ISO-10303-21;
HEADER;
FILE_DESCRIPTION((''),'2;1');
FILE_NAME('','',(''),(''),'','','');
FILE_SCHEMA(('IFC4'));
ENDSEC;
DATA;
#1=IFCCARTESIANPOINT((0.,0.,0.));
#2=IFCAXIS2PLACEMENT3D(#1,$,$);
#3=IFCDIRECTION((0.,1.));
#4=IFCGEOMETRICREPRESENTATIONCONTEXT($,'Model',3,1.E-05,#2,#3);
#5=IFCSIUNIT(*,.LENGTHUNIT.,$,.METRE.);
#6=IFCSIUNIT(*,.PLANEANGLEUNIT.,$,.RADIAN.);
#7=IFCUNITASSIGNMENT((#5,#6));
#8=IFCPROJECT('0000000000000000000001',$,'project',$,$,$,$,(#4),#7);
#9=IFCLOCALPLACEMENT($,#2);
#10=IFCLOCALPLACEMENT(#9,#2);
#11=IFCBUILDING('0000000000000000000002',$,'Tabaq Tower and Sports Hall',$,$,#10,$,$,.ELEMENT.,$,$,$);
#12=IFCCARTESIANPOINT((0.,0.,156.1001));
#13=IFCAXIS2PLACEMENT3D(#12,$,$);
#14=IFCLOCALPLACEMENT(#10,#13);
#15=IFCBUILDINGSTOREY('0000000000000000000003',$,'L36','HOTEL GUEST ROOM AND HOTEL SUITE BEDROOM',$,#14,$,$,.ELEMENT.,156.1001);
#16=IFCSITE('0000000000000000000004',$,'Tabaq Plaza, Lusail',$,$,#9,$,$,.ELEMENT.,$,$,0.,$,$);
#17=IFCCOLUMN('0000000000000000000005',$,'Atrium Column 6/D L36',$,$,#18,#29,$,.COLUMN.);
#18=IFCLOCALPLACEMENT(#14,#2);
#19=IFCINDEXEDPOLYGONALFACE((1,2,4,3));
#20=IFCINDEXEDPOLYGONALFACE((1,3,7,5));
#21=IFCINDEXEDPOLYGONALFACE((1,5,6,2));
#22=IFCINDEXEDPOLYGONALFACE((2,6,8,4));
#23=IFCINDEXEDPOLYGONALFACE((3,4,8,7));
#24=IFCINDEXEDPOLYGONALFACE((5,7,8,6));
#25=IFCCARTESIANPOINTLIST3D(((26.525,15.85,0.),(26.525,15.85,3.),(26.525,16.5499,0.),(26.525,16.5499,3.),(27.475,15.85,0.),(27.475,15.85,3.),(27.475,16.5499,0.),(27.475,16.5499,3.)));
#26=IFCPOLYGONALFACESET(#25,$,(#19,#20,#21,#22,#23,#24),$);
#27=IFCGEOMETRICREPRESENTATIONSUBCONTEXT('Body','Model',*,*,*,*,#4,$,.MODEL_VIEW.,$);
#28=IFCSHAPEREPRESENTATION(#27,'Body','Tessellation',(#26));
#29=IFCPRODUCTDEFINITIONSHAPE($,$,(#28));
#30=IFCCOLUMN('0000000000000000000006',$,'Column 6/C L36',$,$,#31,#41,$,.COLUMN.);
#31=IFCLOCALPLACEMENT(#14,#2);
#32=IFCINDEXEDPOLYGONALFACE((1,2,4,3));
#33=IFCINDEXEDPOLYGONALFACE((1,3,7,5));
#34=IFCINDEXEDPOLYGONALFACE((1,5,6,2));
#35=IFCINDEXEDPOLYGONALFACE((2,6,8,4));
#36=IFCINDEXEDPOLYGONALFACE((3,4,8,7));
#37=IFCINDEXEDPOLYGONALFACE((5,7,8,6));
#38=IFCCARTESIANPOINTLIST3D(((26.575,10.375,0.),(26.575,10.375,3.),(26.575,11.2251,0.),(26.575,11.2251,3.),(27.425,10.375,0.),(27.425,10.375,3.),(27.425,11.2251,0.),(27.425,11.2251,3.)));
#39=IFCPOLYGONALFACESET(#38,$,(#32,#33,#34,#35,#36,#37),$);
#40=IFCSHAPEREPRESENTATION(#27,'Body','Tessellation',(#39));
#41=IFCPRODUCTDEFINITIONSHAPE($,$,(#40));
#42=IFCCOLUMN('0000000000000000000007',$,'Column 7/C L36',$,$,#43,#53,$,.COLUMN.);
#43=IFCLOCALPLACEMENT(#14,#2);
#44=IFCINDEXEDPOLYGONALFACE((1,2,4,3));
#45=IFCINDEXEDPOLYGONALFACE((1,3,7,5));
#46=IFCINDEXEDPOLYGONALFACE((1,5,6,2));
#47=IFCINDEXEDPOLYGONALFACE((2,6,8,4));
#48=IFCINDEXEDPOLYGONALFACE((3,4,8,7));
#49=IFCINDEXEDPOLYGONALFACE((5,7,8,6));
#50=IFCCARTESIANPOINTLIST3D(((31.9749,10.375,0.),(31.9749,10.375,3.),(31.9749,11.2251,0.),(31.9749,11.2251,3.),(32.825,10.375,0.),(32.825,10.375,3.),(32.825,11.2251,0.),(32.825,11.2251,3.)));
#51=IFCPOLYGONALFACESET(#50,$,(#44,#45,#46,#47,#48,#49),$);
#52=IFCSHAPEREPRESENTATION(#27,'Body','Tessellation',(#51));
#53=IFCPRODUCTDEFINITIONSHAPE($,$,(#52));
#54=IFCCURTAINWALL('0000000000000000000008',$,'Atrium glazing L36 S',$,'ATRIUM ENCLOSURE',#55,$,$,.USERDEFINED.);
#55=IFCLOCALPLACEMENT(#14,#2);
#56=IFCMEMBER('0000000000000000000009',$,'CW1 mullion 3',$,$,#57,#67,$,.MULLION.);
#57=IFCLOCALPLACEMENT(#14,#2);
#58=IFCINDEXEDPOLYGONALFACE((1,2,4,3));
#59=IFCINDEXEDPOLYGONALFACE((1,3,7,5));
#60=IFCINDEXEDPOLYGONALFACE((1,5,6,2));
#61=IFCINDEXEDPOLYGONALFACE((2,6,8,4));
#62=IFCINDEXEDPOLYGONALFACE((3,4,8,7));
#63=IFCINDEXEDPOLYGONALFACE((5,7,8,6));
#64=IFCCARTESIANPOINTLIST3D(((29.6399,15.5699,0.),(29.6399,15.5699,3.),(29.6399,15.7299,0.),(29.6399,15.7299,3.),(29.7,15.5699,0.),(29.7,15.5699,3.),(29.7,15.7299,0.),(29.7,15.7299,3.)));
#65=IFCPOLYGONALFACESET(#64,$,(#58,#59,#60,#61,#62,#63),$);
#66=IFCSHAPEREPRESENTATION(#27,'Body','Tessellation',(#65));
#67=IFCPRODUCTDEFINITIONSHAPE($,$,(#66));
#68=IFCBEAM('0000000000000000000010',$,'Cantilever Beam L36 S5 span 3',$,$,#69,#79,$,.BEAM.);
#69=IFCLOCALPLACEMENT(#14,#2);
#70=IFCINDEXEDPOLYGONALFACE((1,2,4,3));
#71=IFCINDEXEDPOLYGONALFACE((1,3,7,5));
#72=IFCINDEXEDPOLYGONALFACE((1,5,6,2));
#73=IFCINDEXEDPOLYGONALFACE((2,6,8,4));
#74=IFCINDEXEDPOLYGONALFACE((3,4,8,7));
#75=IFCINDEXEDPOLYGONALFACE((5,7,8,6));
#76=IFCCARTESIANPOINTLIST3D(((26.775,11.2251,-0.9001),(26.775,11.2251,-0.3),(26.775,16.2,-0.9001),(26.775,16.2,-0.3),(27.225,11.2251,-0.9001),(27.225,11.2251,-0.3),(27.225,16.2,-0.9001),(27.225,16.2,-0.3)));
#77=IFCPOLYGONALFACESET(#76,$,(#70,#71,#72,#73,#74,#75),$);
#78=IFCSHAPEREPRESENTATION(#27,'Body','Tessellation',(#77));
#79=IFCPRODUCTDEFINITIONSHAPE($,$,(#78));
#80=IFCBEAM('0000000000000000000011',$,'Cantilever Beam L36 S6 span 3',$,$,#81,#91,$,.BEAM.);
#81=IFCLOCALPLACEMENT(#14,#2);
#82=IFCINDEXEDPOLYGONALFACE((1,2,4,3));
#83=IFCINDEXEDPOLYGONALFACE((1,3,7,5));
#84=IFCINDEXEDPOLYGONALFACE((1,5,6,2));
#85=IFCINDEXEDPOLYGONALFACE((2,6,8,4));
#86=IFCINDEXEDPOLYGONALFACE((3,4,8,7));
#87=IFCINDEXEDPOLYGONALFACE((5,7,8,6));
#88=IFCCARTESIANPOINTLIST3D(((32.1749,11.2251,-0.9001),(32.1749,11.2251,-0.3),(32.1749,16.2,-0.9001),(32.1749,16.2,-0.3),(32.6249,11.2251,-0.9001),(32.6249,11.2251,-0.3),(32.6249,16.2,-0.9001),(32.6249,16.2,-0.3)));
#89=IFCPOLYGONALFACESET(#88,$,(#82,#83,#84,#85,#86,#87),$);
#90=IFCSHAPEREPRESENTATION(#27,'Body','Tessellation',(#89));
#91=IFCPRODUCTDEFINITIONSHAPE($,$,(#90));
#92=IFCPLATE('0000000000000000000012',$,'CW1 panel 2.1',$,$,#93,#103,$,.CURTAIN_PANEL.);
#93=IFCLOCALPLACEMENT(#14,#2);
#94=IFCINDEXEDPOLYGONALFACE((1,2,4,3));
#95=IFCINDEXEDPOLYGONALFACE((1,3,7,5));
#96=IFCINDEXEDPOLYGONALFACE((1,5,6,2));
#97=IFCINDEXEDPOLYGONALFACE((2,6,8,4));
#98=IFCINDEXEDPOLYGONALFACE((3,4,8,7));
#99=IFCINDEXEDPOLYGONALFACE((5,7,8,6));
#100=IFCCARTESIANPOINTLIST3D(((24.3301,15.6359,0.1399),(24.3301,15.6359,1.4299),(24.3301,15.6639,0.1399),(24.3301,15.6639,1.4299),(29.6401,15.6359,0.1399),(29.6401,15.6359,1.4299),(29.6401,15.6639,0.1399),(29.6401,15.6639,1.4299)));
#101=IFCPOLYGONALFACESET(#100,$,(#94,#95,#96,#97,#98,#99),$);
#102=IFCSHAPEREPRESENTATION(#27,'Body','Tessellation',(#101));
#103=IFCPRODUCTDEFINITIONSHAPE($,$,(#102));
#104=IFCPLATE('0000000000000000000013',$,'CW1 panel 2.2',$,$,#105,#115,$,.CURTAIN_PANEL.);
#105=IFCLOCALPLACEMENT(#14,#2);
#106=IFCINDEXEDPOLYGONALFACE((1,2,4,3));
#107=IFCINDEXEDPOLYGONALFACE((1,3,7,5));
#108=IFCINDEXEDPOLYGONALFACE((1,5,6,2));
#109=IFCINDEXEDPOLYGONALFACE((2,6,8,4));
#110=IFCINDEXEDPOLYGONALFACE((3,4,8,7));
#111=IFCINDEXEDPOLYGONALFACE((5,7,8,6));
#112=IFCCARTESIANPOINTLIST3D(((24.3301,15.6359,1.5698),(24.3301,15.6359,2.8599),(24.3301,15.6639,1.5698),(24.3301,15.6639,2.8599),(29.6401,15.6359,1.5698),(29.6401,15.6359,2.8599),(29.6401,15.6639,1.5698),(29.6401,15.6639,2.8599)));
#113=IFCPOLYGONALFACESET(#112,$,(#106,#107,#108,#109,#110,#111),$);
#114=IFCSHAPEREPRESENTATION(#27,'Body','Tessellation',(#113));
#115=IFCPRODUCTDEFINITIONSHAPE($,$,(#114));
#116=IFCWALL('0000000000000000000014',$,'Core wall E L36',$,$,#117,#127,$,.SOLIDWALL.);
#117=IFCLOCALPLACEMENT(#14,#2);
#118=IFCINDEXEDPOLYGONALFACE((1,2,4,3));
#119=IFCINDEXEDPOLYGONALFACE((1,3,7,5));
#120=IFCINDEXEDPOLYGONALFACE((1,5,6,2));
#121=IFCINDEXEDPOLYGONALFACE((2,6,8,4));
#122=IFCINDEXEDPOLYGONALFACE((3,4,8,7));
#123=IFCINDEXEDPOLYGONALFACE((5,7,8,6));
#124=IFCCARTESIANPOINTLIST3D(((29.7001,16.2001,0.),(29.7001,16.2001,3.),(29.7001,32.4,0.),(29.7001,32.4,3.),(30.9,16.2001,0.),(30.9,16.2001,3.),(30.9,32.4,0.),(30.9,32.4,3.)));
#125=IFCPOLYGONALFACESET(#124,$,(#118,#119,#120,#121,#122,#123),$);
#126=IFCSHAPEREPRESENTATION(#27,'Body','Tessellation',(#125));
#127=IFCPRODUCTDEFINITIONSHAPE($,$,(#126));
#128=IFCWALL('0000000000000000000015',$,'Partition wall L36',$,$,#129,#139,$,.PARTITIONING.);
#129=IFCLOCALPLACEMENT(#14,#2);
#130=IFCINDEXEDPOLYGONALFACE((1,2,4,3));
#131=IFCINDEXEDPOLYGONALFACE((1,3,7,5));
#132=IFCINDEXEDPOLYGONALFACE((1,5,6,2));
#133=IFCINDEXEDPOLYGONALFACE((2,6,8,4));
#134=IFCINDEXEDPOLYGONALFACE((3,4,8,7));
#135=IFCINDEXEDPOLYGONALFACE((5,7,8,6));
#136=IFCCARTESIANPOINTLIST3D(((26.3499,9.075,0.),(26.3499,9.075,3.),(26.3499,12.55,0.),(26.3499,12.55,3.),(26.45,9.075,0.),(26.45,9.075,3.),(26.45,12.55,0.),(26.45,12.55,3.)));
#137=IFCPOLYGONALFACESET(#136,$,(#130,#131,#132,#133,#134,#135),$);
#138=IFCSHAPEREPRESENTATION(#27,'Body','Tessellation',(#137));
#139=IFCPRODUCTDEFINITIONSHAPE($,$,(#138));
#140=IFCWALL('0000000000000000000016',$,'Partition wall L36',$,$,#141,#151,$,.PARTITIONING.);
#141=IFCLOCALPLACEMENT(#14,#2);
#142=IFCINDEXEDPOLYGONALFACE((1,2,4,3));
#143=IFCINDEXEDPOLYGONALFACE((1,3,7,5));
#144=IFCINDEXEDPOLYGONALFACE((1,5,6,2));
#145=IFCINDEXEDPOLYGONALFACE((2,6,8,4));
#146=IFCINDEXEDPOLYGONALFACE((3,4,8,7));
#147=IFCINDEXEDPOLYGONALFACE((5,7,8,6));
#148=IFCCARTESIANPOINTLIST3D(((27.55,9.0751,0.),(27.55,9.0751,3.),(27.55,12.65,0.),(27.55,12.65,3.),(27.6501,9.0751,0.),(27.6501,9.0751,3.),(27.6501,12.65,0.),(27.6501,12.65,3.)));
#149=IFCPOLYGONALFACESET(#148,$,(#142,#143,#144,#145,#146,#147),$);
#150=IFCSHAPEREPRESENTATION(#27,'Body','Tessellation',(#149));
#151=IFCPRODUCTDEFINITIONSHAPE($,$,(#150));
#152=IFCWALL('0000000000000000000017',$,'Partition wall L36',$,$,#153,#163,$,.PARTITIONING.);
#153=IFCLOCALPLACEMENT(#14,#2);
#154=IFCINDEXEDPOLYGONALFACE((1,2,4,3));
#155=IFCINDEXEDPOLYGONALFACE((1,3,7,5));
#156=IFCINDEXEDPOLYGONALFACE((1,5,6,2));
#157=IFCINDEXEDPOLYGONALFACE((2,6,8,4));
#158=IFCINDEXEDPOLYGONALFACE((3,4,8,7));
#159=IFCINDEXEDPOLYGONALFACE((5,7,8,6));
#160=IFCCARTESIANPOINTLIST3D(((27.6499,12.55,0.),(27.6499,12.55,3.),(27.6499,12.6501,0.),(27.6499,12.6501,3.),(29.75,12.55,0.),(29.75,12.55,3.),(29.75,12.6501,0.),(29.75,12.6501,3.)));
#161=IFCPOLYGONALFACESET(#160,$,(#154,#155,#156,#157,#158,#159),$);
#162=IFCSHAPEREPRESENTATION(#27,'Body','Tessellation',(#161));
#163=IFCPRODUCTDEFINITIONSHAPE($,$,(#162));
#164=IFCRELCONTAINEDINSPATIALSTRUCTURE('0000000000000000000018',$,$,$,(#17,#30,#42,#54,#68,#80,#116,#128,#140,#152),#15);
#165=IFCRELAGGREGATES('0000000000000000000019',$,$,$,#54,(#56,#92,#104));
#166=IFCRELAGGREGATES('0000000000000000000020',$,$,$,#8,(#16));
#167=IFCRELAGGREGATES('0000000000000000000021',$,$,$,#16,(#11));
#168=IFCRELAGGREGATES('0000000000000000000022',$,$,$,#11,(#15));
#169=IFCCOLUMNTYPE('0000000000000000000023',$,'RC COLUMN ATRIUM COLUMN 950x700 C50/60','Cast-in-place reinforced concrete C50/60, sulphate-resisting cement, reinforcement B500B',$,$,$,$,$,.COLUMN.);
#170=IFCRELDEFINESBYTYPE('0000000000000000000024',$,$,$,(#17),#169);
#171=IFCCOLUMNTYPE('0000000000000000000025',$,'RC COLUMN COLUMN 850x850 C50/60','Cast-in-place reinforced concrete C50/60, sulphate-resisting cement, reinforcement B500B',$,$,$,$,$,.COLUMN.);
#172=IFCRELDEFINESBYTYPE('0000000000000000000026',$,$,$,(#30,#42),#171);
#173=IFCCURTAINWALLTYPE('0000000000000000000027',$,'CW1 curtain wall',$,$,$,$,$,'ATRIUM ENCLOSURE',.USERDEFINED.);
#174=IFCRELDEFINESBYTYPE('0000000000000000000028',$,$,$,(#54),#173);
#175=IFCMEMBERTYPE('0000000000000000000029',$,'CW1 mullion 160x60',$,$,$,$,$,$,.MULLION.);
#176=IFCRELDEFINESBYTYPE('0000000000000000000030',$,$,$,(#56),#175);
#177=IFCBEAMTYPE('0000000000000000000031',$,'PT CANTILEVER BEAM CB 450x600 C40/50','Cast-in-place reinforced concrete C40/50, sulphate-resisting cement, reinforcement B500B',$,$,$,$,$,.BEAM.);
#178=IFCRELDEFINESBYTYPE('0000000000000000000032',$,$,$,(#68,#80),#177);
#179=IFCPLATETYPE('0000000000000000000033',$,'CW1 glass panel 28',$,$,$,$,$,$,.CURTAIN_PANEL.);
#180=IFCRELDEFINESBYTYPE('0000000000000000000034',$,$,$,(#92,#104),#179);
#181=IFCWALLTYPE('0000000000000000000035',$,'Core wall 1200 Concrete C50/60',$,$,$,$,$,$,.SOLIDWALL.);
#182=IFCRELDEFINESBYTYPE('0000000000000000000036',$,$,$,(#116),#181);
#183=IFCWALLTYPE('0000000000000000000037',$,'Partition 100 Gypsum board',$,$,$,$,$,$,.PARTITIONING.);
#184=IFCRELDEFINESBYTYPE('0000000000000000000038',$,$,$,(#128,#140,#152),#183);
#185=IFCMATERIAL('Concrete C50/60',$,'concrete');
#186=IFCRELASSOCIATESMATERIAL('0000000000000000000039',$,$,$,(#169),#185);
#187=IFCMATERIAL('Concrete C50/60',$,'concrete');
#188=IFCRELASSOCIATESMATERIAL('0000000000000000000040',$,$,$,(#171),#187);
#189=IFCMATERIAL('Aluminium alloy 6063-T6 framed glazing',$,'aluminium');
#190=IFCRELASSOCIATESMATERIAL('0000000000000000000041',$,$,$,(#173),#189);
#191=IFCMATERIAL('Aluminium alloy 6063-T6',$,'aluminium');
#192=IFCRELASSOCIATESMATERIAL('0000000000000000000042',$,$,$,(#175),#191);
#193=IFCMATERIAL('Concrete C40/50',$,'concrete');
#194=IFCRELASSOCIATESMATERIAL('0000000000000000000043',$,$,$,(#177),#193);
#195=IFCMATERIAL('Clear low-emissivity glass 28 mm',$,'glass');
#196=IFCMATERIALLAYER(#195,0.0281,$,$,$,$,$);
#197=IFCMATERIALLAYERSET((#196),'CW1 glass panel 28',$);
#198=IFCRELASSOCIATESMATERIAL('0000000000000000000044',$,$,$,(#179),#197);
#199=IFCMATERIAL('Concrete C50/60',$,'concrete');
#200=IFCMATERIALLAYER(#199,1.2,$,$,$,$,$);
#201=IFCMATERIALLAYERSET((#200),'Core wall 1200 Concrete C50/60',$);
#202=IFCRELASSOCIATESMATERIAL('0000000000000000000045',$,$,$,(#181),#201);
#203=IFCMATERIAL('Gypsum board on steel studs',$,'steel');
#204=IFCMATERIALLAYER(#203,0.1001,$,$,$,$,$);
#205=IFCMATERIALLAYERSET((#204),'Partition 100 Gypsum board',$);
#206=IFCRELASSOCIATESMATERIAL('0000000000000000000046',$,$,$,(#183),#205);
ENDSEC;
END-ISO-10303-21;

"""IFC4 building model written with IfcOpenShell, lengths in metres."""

from ifc_helpers import new_model, si_unit, direction, frame, frame_2d, origin, origin_2d, place, context, subcontext, project, spatial, rectangle, extrude, material, layer, layer_set, material_profile, profile_set, type_object, element, aggregate, save


model = new_model("IFC4")

# Units and contexts
model_context = context("Model", 3, precision=1e-05, world=origin(), true_north=direction((0.0, 1.0)))
body_context = subcontext(model_context, "Body", "Model", "MODEL_VIEW")
ifc_project = project(units=[si_unit("LENGTHUNIT", "METRE"), si_unit("PLANEANGLEUNIT", "RADIAN")], contexts=[model_context])

# Site, building, storey
site_placement = place(None, origin())
site = spatial("IfcSite", under=ifc_project, at=site_placement, Name="Tabaq Plaza, Lusail", CompositionType="ELEMENT", RefElevation=0.0)
building_placement = place(site_placement, origin())
building = spatial("IfcBuilding", under=site, at=building_placement, Name="Tabaq Tower and Sports Hall", CompositionType="ELEMENT")
storey_placement = place(building_placement, frame((0.0, 0.0, 156.1001)))
storey = spatial("IfcBuildingStorey", under=building, at=storey_placement, Name="L36", Description="HOTEL GUEST ROOM AND HOTEL SUITE BEDROOM", CompositionType="ELEMENT", Elevation=156.1001)

# Columns
ifc_material_1 = material(Name="Concrete C50/60", Category="concrete")
ifc_material_profile_1 = material_profile(ifc_material_1, rectangle(XDim=0.95, YDim=0.7, at=origin_2d()), Name="ATRIUM COLUMN 950x700")
ifc_profile_set_1 = profile_set([ifc_material_profile_1], Name="Concrete C50/60")
column_type_1 = type_object("IfcColumnType", Name="RC COLUMN ATRIUM COLUMN 950x700 C50/60", Description="Cast-in-place reinforced concrete C50/60, sulphate-resisting cement, reinforcement B500B", PredefinedType="COLUMN", material=ifc_profile_set_1)
column_placement = place(storey_placement, frame((27.0, 16.2, 0.0), z_axis=(0.0, 0.0, 1.0), x_axis=(1.0, 0.0, 0.0)))
element("IfcColumn", 1, at=column_placement, inside=storey, type_object=column_type_1, Name="Atrium Column 6/D L36", PredefinedType="COLUMN", context=body_context, shape_type="SweptSolid", body=[
    extrude(rectangle(XDim=0.95, YDim=0.7, at=origin_2d()), origin(), (0.0, 0.0, 1.0), 3.0),
])
ifc_material_2 = material(Name="Concrete C50/60", Category="concrete")
ifc_material_profile_2 = material_profile(ifc_material_2, rectangle(XDim=0.8501, YDim=0.8501, at=origin_2d()), Name="COLUMN 850x850")
ifc_profile_set_2 = profile_set([ifc_material_profile_2], Name="Concrete C50/60")
column_type_2 = type_object("IfcColumnType", Name="RC COLUMN COLUMN 850x850 C50/60", Description="Cast-in-place reinforced concrete C50/60, sulphate-resisting cement, reinforcement B500B", PredefinedType="COLUMN", material=ifc_profile_set_2)
for number, where, z_axis, x_axis, name in (
    (2, (27.0, 10.8, 0.0), (0.0, 0.0, 1.0), (1.0, 0.0, 0.0), "Column 6/C L36"),
    (3, (32.3999, 10.8, 0.0), (0.0, 0.0, 1.0), (1.0, 0.0, 0.0), "Column 7/C L36"),
):
    element("IfcColumn", number, at=place(storey_placement, frame(where, z_axis=z_axis, x_axis=x_axis)), inside=storey, type_object=column_type_2, Name=name, PredefinedType="COLUMN", context=body_context, shape_type="SweptSolid", body=[
        extrude(rectangle(XDim=0.8501, YDim=0.8501, at=origin_2d()), origin(), (0.0, 0.0, 1.0), 3.0),
    ])

# Curtain wall, member
ifc_material_3 = material(Name="Aluminium alloy 6063-T6 framed glazing", Category="aluminium")
curtain_wall_type = type_object("IfcCurtainWallType", Name="CW1 curtain wall", ElementType="ATRIUM ENCLOSURE", PredefinedType="USERDEFINED", material=ifc_material_3)
curtain_wall_placement = place(storey_placement, origin())
curtain_wall = element("IfcCurtainWall", 4, at=curtain_wall_placement, inside=storey, type_object=curtain_wall_type, Name="Atrium glazing L36 S", ObjectType="ATRIUM ENCLOSURE", PredefinedType="USERDEFINED")
ifc_material_4 = material(Name="Aluminium alloy 6063-T6", Category="aluminium")
ifc_material_profile_3 = material_profile(ifc_material_4, rectangle(XDim=0.1599, YDim=0.0601, at=origin_2d()), Name="MULLION 160x60")
ifc_profile_set_3 = profile_set([ifc_material_profile_3], Name="Aluminium alloy 6063-T6")
member_type = type_object("IfcMemberType", Name="CW1 mullion 160x60", PredefinedType="MULLION", material=ifc_profile_set_3)
member_placement = place(storey_placement, frame((29.6699, 15.6499, 0.0), z_axis=(0.0, 0.0, 1.0), x_axis=(0.0, 1.0, 0.0)))
member = element("IfcMember", 5, at=member_placement, type_object=member_type, Name="CW1 mullion 3", PredefinedType="MULLION", context=body_context, shape_type="SweptSolid", body=[
    extrude(rectangle(XDim=0.1599, YDim=0.0601, at=origin_2d()), origin(), (0.0, 0.0, 1.0), 3.0),
])

# Beams
ifc_material_5 = material(Name="Concrete C40/50", Category="concrete")
ifc_material_profile_4 = material_profile(ifc_material_5, rectangle(XDim=0.45, YDim=0.6001, at=origin_2d()), Name="CB 450x600")
ifc_profile_set_4 = profile_set([ifc_material_profile_4], Name="Concrete C40/50")
beam_type = type_object("IfcBeamType", Name="PT CANTILEVER BEAM CB 450x600 C40/50", Description="Cast-in-place reinforced concrete C40/50, sulphate-resisting cement, reinforcement B500B", PredefinedType="BEAM", material=ifc_profile_set_4)
for number, where, z_axis, x_axis, name in (
    (6, (27.0, 11.2251, -0.6001), (0.0, 1.0, 0.0), (-1.0, 0.0, 0.0), "Cantilever Beam L36 S5 span 3"),
    (7, (32.3999, 11.2251, -0.6001), (0.0, 1.0, 0.0), (-1.0, 0.0, 0.0), "Cantilever Beam L36 S6 span 3"),
):
    element("IfcBeam", number, at=place(storey_placement, frame(where, z_axis=z_axis, x_axis=x_axis)), inside=storey, type_object=beam_type, Name=name, PredefinedType="BEAM", context=body_context, shape_type="SweptSolid", body=[
        extrude(rectangle(XDim=0.45, YDim=0.6001, at=origin_2d()), origin(), (0.0, 0.0, 1.0), 4.9749),
    ])

# Plates
ifc_material_6 = material(Name="Clear low-emissivity glass 28 mm", Category="glass")
ifc_layer_1 = layer(ifc_material_6, 0.0281)
ifc_layer_set_1 = layer_set([ifc_layer_1], Name="CW1 glass panel 28")
plate_type = type_object("IfcPlateType", Name="CW1 glass panel 28", PredefinedType="CURTAIN_PANEL", material=ifc_layer_set_1)
plate_1_placement = place(storey_placement, frame((26.9851, 15.6499, 0.1399), z_axis=(0.0, 0.0, 1.0), x_axis=(1.0, 0.0, 0.0)))
plate_1 = element("IfcPlate", 8, at=plate_1_placement, type_object=plate_type, Name="CW1 panel 2.1", PredefinedType="CURTAIN_PANEL", context=body_context, shape_type="SweptSolid", body=[
    extrude(rectangle(XDim=5.3101, YDim=0.0281, at=origin_2d()), origin(), (0.0, 0.0, 1.0), 1.29),
])
plate_2_placement = place(storey_placement, frame((26.9851, 15.6499, 1.5698), z_axis=(0.0, 0.0, 1.0), x_axis=(1.0, 0.0, 0.0)))
plate_2 = element("IfcPlate", 9, at=plate_2_placement, type_object=plate_type, Name="CW1 panel 2.2", PredefinedType="CURTAIN_PANEL", context=body_context, shape_type="SweptSolid", body=[
    extrude(rectangle(XDim=5.3101, YDim=0.0281, at=origin_2d()), origin(), (0.0, 0.0, 1.0), 1.29),
])
aggregate(curtain_wall, [member, plate_1, plate_2])

# Walls
ifc_material_7 = material(Name="Concrete C50/60", Category="concrete")
ifc_layer_2 = layer(ifc_material_7, 1.2)
ifc_layer_set_2 = layer_set([ifc_layer_2], Name="Core wall 1200 Concrete C50/60")
wall_type_1 = type_object("IfcWallType", Name="Core wall 1200 Concrete C50/60", PredefinedType="SOLIDWALL", material=ifc_layer_set_2)
wall_1_placement = place(storey_placement, frame((30.3, 16.2, 0.0), z_axis=(0.0, 0.0, 1.0), x_axis=(0.0, 1.0, 0.0)))
element("IfcWall", 10, at=wall_1_placement, inside=storey, type_object=wall_type_1, Name="Core wall E L36", PredefinedType="SOLIDWALL", context=body_context, shape_type="SweptSolid", body=[
    extrude(rectangle(XDim=16.2, YDim=1.2, at=frame_2d((8.1001, 0.0))), origin(), (0.0, 0.0, 1.0), 3.0),
])
ifc_material_8 = material(Name="Gypsum board on steel studs", Category="steel")
ifc_layer_3 = layer(ifc_material_8, 0.1001)
ifc_layer_set_3 = layer_set([ifc_layer_3], Name="Partition 100 Gypsum board")
wall_type_2 = type_object("IfcWallType", Name="Partition 100 Gypsum board", PredefinedType="PARTITIONING", material=ifc_layer_set_3)
wall_2_placement = place(storey_placement, frame((26.3999, 12.55, 0.0), z_axis=(0.0, 0.0, 1.0), x_axis=(0.0, -1.0, 0.0)))
element("IfcWall", 11, at=wall_2_placement, inside=storey, type_object=wall_type_2, Name="Partition wall L36", PredefinedType="PARTITIONING", context=body_context, shape_type="SweptSolid", body=[
    extrude(rectangle(XDim=3.4751, YDim=0.1001, at=frame_2d((1.7375, 0.0))), origin(), (0.0, 0.0, 1.0), 3.0),
])
wall_3_placement = place(storey_placement, frame((27.6001, 9.075, 0.0), z_axis=(0.0, 0.0, 1.0), x_axis=(0.0, 1.0, 0.0)))
element("IfcWall", 12, at=wall_3_placement, inside=storey, type_object=wall_type_2, Name="Partition wall L36", PredefinedType="PARTITIONING", context=body_context, shape_type="SweptSolid", body=[
    extrude(rectangle(XDim=3.575, YDim=0.1001, at=frame_2d((1.7876, 0.0))), origin(), (0.0, 0.0, 1.0), 3.0),
])
wall_4_placement = place(storey_placement, frame((27.6499, 12.6001, 0.0), z_axis=(0.0, 0.0, 1.0), x_axis=(1.0, 0.0, 0.0)))
element("IfcWall", 13, at=wall_4_placement, inside=storey, type_object=wall_type_2, Name="Partition wall L36", PredefinedType="PARTITIONING", context=body_context, shape_type="SweptSolid", body=[
    extrude(rectangle(XDim=2.1001, YDim=0.1001, at=frame_2d((1.05, 0.0))), origin(), (0.0, 0.0, 1.0), 3.0),
])

save(model, "model.ifc")
